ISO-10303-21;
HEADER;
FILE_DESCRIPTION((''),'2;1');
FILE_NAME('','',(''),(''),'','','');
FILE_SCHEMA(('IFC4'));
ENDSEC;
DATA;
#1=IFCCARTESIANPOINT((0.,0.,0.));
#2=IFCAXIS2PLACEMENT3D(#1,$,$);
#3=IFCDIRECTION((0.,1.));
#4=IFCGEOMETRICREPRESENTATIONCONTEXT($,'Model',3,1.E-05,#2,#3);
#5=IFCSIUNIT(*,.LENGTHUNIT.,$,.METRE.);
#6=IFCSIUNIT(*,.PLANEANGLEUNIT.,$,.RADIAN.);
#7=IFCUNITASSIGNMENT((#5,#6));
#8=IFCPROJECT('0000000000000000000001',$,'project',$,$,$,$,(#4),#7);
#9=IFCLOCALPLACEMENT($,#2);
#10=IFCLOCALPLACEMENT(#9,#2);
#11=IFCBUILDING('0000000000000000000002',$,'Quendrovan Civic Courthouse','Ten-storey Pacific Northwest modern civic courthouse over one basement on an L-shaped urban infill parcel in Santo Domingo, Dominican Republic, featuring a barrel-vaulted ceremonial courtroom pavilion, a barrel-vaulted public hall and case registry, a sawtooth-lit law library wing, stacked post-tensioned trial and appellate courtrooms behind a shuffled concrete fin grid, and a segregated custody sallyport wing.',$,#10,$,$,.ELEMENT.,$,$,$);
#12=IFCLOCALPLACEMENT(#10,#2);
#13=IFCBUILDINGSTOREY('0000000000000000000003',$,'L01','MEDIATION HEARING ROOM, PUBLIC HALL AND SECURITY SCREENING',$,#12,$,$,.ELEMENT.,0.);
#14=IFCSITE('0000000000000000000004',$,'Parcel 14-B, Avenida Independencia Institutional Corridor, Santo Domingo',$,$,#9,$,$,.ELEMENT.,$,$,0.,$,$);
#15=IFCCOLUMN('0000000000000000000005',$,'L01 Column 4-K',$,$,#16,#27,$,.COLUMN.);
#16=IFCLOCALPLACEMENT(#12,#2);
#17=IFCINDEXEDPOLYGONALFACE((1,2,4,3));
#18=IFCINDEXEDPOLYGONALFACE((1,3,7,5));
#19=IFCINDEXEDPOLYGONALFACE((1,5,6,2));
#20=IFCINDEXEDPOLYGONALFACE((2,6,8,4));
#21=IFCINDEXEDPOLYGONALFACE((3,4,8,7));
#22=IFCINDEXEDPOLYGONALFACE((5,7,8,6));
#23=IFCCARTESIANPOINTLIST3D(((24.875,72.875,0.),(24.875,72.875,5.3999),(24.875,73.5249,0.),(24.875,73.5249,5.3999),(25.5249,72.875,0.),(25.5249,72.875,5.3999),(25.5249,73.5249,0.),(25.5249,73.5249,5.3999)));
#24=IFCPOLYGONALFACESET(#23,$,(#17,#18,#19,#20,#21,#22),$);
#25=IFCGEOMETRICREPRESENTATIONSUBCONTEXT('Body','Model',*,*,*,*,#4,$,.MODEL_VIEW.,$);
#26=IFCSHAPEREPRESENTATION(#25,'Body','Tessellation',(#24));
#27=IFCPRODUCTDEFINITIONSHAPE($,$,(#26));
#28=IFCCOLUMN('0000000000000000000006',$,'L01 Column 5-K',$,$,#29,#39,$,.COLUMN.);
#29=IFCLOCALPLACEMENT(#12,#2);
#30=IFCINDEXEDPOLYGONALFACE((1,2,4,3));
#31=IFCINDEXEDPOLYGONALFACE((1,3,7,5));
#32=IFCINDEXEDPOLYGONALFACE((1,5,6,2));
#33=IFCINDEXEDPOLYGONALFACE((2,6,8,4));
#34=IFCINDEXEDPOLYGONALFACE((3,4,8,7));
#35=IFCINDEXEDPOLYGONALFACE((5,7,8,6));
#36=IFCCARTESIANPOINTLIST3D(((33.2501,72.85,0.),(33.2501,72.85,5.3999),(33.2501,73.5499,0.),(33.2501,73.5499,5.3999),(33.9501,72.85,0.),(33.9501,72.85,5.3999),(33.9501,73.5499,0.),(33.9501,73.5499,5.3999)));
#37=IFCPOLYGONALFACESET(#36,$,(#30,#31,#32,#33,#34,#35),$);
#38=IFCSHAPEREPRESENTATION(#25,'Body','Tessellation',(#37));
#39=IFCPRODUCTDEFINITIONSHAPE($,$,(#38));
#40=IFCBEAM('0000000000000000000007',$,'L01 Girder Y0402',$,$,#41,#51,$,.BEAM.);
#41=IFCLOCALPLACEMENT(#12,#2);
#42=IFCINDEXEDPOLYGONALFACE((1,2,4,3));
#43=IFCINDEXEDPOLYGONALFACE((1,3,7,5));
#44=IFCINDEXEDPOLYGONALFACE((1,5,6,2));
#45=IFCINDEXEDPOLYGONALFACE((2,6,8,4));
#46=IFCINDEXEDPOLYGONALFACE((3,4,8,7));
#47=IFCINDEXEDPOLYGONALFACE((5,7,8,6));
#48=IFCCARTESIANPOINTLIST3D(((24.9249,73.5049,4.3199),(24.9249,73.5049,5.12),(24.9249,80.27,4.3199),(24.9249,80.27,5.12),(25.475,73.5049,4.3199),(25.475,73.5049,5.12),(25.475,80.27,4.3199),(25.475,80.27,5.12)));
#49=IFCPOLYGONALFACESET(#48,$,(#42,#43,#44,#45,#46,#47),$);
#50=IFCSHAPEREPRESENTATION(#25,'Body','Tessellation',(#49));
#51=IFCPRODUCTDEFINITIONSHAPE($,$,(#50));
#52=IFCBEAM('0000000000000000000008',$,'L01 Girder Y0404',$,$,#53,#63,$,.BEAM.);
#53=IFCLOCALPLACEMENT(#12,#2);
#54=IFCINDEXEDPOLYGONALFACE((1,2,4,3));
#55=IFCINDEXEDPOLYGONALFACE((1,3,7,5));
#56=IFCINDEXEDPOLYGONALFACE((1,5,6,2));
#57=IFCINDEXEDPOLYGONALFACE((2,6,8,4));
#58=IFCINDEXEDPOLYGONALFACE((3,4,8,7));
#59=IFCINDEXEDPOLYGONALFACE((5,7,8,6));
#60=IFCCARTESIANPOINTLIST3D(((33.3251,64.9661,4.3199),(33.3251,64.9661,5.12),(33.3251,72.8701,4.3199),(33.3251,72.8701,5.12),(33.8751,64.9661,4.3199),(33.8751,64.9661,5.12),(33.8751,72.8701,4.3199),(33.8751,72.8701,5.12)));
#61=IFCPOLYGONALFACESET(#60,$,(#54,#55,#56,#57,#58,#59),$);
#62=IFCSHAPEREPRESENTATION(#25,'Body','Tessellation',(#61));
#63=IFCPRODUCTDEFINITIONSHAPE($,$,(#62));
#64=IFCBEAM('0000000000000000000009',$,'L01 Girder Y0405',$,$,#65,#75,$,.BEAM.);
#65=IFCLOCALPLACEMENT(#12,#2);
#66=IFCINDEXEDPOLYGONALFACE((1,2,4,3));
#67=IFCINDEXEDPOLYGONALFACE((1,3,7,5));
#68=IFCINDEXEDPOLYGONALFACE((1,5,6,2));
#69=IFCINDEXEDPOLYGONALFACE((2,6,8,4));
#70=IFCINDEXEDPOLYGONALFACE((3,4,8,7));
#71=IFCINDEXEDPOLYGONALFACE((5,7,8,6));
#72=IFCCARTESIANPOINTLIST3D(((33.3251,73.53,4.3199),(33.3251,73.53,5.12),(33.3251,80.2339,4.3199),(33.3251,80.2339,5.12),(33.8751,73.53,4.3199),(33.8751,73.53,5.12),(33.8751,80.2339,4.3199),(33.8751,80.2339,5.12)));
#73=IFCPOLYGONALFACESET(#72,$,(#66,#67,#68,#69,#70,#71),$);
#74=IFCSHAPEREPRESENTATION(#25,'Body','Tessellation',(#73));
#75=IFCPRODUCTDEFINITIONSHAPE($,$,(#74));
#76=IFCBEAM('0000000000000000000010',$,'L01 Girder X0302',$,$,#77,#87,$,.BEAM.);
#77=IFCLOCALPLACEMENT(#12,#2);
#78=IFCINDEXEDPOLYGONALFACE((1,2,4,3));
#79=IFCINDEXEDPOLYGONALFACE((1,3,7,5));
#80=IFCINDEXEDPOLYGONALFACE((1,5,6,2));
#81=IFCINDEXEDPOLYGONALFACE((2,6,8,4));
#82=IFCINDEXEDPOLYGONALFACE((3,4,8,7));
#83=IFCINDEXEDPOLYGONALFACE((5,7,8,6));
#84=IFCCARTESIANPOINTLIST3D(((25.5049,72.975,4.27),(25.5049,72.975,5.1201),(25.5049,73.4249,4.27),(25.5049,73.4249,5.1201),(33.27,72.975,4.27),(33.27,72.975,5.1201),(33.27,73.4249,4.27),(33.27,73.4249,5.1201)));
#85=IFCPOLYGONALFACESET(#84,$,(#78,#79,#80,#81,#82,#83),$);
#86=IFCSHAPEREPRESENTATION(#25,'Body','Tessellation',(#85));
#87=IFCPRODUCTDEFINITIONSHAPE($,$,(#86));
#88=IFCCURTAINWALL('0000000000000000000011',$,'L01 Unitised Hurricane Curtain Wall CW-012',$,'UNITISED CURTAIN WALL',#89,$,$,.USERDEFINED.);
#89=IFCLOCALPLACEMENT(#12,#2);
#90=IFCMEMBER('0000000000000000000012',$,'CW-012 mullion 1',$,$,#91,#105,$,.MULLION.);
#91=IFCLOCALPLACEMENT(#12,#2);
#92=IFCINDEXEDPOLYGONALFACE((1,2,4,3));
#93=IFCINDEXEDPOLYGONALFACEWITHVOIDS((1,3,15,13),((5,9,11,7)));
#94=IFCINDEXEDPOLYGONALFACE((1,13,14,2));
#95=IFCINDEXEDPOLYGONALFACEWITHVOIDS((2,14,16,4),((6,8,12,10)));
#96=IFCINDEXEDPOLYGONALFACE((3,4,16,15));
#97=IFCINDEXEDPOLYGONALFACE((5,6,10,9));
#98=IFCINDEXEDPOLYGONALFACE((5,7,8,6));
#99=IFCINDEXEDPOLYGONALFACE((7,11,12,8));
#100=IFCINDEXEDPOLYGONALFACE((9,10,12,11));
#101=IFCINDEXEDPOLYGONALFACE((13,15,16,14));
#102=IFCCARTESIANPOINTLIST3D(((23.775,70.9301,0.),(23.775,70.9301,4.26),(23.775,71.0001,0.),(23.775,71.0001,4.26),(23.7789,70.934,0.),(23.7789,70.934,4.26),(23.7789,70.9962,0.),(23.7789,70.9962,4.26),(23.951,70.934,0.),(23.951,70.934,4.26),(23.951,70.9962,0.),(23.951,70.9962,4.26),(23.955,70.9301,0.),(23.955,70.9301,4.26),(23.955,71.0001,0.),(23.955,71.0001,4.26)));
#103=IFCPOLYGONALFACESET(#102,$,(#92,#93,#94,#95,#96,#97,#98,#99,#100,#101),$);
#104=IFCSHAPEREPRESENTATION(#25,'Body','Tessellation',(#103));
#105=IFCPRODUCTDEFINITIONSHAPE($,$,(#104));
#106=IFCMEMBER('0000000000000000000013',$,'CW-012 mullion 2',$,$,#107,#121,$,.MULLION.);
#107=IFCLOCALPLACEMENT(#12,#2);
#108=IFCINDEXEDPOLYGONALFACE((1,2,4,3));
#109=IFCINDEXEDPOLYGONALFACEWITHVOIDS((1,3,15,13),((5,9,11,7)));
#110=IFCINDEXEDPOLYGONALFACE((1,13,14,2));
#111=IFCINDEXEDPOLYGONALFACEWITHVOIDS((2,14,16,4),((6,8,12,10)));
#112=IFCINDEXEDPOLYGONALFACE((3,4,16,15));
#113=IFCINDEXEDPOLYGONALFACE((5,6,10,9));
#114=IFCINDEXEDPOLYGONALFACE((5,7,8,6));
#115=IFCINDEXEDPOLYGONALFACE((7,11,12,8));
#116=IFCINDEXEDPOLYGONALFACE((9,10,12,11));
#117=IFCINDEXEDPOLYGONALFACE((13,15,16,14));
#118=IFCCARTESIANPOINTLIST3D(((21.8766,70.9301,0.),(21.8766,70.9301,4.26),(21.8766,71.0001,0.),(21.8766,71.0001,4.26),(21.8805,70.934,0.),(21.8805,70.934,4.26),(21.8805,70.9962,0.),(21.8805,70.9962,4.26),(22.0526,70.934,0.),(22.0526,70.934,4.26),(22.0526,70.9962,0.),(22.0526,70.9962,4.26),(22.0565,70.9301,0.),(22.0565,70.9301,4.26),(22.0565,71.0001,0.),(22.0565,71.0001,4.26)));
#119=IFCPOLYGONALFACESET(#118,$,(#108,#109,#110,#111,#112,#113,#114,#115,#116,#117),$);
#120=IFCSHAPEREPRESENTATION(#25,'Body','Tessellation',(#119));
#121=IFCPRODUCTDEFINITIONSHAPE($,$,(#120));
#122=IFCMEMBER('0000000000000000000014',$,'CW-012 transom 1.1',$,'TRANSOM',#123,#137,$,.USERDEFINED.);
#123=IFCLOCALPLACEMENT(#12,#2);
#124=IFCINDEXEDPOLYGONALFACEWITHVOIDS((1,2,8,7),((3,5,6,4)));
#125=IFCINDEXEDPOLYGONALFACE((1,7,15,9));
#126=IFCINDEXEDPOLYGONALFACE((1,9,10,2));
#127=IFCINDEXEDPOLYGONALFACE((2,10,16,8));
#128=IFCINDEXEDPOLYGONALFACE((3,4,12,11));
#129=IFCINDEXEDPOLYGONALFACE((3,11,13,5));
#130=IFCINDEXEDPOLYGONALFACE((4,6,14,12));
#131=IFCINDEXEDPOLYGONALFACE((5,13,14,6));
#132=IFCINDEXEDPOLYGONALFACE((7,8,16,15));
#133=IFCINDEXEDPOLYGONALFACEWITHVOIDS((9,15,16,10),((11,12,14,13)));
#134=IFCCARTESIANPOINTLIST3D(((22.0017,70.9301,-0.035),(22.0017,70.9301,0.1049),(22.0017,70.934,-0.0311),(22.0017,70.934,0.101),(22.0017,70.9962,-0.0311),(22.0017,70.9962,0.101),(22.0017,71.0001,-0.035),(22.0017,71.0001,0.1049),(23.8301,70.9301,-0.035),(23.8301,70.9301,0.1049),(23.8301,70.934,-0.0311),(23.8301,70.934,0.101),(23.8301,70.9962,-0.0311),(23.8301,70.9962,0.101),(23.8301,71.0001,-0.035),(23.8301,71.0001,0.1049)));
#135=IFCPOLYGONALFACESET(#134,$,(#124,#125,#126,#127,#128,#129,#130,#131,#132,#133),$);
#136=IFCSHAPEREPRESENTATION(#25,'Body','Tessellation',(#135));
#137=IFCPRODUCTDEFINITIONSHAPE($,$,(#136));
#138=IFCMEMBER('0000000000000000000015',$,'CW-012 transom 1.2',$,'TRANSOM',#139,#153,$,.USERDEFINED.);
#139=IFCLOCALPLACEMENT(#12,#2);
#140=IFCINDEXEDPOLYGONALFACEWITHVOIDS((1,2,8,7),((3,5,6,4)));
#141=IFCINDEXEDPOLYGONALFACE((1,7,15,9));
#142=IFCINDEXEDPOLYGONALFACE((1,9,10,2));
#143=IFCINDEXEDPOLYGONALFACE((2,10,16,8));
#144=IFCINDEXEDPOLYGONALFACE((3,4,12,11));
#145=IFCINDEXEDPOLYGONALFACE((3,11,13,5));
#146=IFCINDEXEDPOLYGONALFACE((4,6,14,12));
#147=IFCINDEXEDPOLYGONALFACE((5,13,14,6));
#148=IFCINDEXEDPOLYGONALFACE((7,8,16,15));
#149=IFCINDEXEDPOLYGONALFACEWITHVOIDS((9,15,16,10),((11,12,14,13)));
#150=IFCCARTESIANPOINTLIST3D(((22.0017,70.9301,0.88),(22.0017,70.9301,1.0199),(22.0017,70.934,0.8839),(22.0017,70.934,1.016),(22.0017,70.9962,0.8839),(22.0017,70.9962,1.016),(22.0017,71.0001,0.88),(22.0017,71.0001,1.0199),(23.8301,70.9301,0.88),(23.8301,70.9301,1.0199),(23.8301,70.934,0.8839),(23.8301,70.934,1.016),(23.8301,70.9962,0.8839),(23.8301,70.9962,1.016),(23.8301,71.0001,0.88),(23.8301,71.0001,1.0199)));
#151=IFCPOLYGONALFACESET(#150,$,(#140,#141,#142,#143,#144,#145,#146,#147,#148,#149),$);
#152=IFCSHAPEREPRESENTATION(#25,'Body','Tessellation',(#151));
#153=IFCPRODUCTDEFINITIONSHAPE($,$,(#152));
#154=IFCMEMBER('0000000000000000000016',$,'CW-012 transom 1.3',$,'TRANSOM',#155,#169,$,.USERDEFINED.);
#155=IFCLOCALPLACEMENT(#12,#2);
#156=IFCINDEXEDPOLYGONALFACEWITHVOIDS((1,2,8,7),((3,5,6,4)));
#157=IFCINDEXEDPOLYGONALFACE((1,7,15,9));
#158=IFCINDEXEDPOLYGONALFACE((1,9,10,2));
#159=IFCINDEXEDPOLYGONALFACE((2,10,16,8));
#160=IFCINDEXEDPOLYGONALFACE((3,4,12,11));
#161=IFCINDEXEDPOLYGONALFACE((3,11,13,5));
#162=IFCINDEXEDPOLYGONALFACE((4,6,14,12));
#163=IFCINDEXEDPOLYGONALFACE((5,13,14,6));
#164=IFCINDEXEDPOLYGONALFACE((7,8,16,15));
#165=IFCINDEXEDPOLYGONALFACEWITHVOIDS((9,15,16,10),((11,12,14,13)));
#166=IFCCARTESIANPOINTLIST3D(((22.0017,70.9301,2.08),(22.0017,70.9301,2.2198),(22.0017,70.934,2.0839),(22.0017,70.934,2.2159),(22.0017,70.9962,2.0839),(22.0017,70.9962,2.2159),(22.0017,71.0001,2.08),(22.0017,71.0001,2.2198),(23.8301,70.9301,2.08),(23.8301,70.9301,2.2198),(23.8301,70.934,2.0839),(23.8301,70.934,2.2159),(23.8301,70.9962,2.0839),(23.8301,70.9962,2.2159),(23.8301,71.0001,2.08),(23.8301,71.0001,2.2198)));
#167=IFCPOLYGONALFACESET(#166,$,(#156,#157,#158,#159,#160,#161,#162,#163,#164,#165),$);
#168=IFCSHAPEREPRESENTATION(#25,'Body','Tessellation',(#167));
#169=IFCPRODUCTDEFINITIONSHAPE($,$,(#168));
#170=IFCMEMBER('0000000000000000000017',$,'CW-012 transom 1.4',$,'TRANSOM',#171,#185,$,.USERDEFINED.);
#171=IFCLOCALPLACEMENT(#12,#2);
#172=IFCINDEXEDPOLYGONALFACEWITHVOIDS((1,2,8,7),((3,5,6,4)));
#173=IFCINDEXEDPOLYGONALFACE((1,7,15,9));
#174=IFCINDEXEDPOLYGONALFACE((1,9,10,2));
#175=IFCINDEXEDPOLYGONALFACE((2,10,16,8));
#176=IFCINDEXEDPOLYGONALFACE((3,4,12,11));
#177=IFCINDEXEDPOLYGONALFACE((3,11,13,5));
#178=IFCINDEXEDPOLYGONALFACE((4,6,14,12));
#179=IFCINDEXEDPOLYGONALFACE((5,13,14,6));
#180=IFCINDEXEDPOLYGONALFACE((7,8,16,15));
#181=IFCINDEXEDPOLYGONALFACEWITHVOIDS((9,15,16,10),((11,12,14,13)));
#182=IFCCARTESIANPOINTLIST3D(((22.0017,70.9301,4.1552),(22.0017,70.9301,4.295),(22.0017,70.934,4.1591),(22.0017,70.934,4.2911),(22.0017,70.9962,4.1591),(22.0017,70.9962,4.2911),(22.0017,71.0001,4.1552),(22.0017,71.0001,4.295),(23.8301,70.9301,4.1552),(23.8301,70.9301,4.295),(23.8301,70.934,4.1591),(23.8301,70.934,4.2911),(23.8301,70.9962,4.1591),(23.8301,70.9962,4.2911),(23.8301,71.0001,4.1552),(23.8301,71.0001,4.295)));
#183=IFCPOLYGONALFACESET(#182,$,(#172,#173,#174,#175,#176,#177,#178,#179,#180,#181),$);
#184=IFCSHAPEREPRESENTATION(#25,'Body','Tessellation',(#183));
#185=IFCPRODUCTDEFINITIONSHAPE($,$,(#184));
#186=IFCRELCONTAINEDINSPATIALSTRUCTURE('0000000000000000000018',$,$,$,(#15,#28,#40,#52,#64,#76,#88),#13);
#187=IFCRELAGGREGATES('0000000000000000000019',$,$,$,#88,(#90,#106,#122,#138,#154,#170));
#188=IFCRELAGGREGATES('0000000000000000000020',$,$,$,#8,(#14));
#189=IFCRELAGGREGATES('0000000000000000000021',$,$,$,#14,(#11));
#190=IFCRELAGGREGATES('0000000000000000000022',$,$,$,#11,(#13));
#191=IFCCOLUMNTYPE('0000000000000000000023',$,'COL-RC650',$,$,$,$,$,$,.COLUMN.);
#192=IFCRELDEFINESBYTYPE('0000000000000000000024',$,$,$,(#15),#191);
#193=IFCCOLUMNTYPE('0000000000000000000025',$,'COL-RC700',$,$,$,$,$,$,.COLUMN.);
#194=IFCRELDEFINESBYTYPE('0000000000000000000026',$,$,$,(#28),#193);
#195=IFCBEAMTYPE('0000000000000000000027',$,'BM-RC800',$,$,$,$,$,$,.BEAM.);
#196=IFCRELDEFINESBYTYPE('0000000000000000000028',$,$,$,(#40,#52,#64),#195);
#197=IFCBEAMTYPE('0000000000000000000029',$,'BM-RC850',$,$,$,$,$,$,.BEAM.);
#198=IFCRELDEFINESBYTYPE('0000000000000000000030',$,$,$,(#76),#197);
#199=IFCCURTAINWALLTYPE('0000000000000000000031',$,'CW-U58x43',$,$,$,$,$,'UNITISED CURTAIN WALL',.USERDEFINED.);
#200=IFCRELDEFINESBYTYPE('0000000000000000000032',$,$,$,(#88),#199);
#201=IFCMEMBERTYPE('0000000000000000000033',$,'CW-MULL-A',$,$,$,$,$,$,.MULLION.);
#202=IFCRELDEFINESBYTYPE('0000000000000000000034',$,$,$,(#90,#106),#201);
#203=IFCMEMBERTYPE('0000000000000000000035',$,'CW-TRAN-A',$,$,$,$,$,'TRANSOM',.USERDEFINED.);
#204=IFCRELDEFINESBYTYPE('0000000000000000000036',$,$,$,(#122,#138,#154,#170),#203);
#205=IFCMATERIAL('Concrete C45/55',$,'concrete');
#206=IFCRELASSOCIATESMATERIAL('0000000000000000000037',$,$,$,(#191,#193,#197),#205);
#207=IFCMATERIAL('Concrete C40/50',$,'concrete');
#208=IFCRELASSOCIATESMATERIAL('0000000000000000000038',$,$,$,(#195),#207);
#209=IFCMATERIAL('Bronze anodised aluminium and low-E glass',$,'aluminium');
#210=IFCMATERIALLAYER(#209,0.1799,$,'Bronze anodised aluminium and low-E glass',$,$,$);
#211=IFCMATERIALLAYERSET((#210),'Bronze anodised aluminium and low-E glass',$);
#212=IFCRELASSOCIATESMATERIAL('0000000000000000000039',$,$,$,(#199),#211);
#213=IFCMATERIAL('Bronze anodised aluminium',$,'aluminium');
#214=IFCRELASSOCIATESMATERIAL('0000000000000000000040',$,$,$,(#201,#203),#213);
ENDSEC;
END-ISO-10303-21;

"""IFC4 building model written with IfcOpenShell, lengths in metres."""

from ifc_helpers import new_model, si_unit, direction, frame, origin, origin_2d, place, context, subcontext, project, spatial, rectangle, hollow_rectangle, extrude, material, layer, layer_set, material_profile, profile_set, type_object, element, aggregate, save


model = new_model("IFC4")

# Units and contexts
model_context = context("Model", 3, precision=1e-05, world=origin(), true_north=direction((0.0, 1.0)))
body_context = subcontext(model_context, "Body", "Model", "MODEL_VIEW")
ifc_project = project(units=[si_unit("LENGTHUNIT", "METRE"), si_unit("PLANEANGLEUNIT", "RADIAN")], contexts=[model_context])

# Site, building, storey
site_placement = place(None, origin())
site = spatial("IfcSite", under=ifc_project, at=site_placement, Name="Parcel 14-B, Avenida Independencia Institutional Corridor, Santo Domingo", CompositionType="ELEMENT", RefElevation=0.0)
building_placement = place(site_placement, origin())
building = spatial("IfcBuilding", under=site, at=building_placement, Name="Quendrovan Civic Courthouse", Description="Ten-storey Pacific Northwest modern civic courthouse over one basement on an L-shaped urban infill parcel in Santo Domingo, Dominican Republic, featuring a barrel-vaulted ceremonial courtroom pavilion, a barrel-vaulted public hall and case registry, a sawtooth-lit law library wing, stacked post-tensioned trial and appellate courtrooms behind a shuffled concrete fin grid, and a segregated custody sallyport wing.", CompositionType="ELEMENT")
storey_placement = place(building_placement, origin())
storey = spatial("IfcBuildingStorey", under=building, at=storey_placement, Name="L01", Description="MEDIATION HEARING ROOM, PUBLIC HALL AND SECURITY SCREENING", CompositionType="ELEMENT", Elevation=0.0)

# Columns
ifc_material_1 = material(Name="Concrete C45/55", Category="concrete")
ifc_material_profile_1 = material_profile(ifc_material_1, rectangle(XDim=0.6499, YDim=0.6499, at=origin_2d()), Name="RC-COL-650x650")
ifc_profile_set_1 = profile_set([ifc_material_profile_1], Name="Concrete C45/55")
column_type_1 = type_object("IfcColumnType", Name="COL-RC650", PredefinedType="COLUMN", material=ifc_profile_set_1)
column_1_placement = place(storey_placement, frame((25.2, 73.2, 0.0), z_axis=(0.0, 0.0, 1.0), x_axis=(1.0, 0.0, 0.0)))
element("IfcColumn", 1, at=column_1_placement, inside=storey, type_object=column_type_1, Name="L01 Column 4-K", PredefinedType="COLUMN", context=body_context, shape_type="SweptSolid", body=[
    extrude(rectangle(XDim=0.6499, YDim=0.6499, at=origin_2d()), origin(), (0.0, 0.0, 1.0), 5.3999),
])
ifc_material_profile_2 = material_profile(ifc_material_1, rectangle(XDim=0.7, YDim=0.7, at=origin_2d()), Name="RC-COL-700x700")
ifc_profile_set_2 = profile_set([ifc_material_profile_2], Name="Concrete C45/55")
column_type_2 = type_object("IfcColumnType", Name="COL-RC700", PredefinedType="COLUMN", material=ifc_profile_set_2)
column_2_placement = place(storey_placement, frame((33.6001, 73.2, 0.0), z_axis=(0.0, 0.0, 1.0), x_axis=(1.0, 0.0, 0.0)))
element("IfcColumn", 2, at=column_2_placement, inside=storey, type_object=column_type_2, Name="L01 Column 5-K", PredefinedType="COLUMN", context=body_context, shape_type="SweptSolid", body=[
    extrude(rectangle(XDim=0.7, YDim=0.7, at=origin_2d()), origin(), (0.0, 0.0, 1.0), 5.3999),
])

# Beams
ifc_material_2 = material(Name="Concrete C40/50", Category="concrete")
ifc_material_profile_3 = material_profile(ifc_material_2, rectangle(XDim=0.55, YDim=0.8, at=origin_2d()), Name="RC-BM-550x800")
ifc_profile_set_3 = profile_set([ifc_material_profile_3], Name="Concrete C40/50")
beam_type_1 = type_object("IfcBeamType", Name="BM-RC800", PredefinedType="BEAM", material=ifc_profile_set_3)
beam_1_placement = place(storey_placement, frame((25.2, 73.5049, 4.72), z_axis=(0.0, 1.0, 0.0), x_axis=(-1.0, 0.0, 0.0)))
element("IfcBeam", 3, at=beam_1_placement, inside=storey, type_object=beam_type_1, Name="L01 Girder Y0402", PredefinedType="BEAM", context=body_context, shape_type="SweptSolid", body=[
    extrude(rectangle(XDim=0.55, YDim=0.8, at=origin_2d()), origin(), (0.0, 0.0, 1.0), 6.7651),
])
beam_2_placement = place(storey_placement, frame((33.6001, 64.9661, 4.72), z_axis=(0.0, 1.0, 0.0), x_axis=(-1.0, 0.0, 0.0)))
element("IfcBeam", 4, at=beam_2_placement, inside=storey, type_object=beam_type_1, Name="L01 Girder Y0404", PredefinedType="BEAM", context=body_context, shape_type="SweptSolid", body=[
    extrude(rectangle(XDim=0.55, YDim=0.8, at=origin_2d()), origin(), (0.0, 0.0, 1.0), 7.9041),
])
beam_3_placement = place(storey_placement, frame((33.6001, 73.53, 4.72), z_axis=(0.0, 1.0, 0.0), x_axis=(-1.0, 0.0, 0.0)))
element("IfcBeam", 5, at=beam_3_placement, inside=storey, type_object=beam_type_1, Name="L01 Girder Y0405", PredefinedType="BEAM", context=body_context, shape_type="SweptSolid", body=[
    extrude(rectangle(XDim=0.55, YDim=0.8, at=origin_2d()), origin(), (0.0, 0.0, 1.0), 6.7039),
])
ifc_material_profile_4 = material_profile(ifc_material_1, rectangle(XDim=0.45, YDim=0.8501, at=origin_2d()), Name="RC-BM-450x850")
ifc_profile_set_4 = profile_set([ifc_material_profile_4], Name="Concrete C45/55")
beam_type_2 = type_object("IfcBeamType", Name="BM-RC850", PredefinedType="BEAM", material=ifc_profile_set_4)
beam_4_placement = place(storey_placement, frame((25.5049, 73.2, 4.6951), z_axis=(1.0, 0.0, 0.0), x_axis=(0.0, 1.0, 0.0)))
element("IfcBeam", 6, at=beam_4_placement, inside=storey, type_object=beam_type_2, Name="L01 Girder X0302", PredefinedType="BEAM", context=body_context, shape_type="SweptSolid", body=[
    extrude(rectangle(XDim=0.45, YDim=0.8501, at=origin_2d()), origin(), (0.0, 0.0, 1.0), 7.7651),
])

# Curtain wall, members
ifc_material_3 = material(Name="Bronze anodised aluminium and low-E glass", Category="aluminium")
ifc_layer_1 = layer(ifc_material_3, 0.1799, Name="Bronze anodised aluminium and low-E glass")
ifc_layer_set_1 = layer_set([ifc_layer_1], Name="Bronze anodised aluminium and low-E glass")
curtain_wall_type = type_object("IfcCurtainWallType", Name="CW-U58x43", ElementType="UNITISED CURTAIN WALL", PredefinedType="USERDEFINED", material=ifc_layer_set_1)
curtain_wall_placement = place(storey_placement, origin())
curtain_wall = element("IfcCurtainWall", 7, at=curtain_wall_placement, inside=storey, type_object=curtain_wall_type, Name="L01 Unitised Hurricane Curtain Wall CW-012", ObjectType="UNITISED CURTAIN WALL", PredefinedType="USERDEFINED")
ifc_material_4 = material(Name="Bronze anodised aluminium", Category="aluminium")
ifc_material_profile_5 = material_profile(ifc_material_4, hollow_rectangle(XDim=0.0701, YDim=0.1799, WallThickness=0.0039, at=origin_2d()), Name="CW-MULL-70x180")
ifc_profile_set_5 = profile_set([ifc_material_profile_5], Name="Bronze anodised aluminium")
member_type_1 = type_object("IfcMemberType", Name="CW-MULL-A", PredefinedType="MULLION", material=ifc_profile_set_5)
member_1_placement = place(storey_placement, frame((23.865, 70.9651, 0.0), z_axis=(0.0, 0.0, 1.0), x_axis=(0.0, -1.0, 0.0)))
member_1 = element("IfcMember", 8, at=member_1_placement, type_object=member_type_1, Name="CW-012 mullion 1", PredefinedType="MULLION", context=body_context, shape_type="SweptSolid", body=[
    extrude(hollow_rectangle(XDim=0.0701, YDim=0.1799, WallThickness=0.0039, at=origin_2d()), origin(), (0.0, 0.0, 1.0), 4.26),
])
member_2_placement = place(storey_placement, frame((21.9666, 70.9651, 0.0), z_axis=(0.0, 0.0, 1.0), x_axis=(0.0, -1.0, 0.0)))
member_2 = element("IfcMember", 9, at=member_2_placement, type_object=member_type_1, Name="CW-012 mullion 2", PredefinedType="MULLION", context=body_context, shape_type="SweptSolid", body=[
    extrude(hollow_rectangle(XDim=0.0701, YDim=0.1799, WallThickness=0.0039, at=origin_2d()), origin(), (0.0, 0.0, 1.0), 4.26),
])
ifc_material_profile_6 = material_profile(ifc_material_4, hollow_rectangle(XDim=0.0701, YDim=0.1399, WallThickness=0.0039, at=origin_2d()), Name="CW-TRAN-70x140")
ifc_profile_set_6 = profile_set([ifc_material_profile_6], Name="Bronze anodised aluminium")
member_type_2 = type_object("IfcMemberType", Name="CW-TRAN-A", ElementType="TRANSOM", PredefinedType="USERDEFINED", material=ifc_profile_set_6)
member_3_placement = place(storey_placement, frame((23.8301, 70.9651, 0.0349), z_axis=(-1.0, 0.0, 0.0), x_axis=(0.0, -1.0, 0.0)))
member_3 = element("IfcMember", 10, at=member_3_placement, type_object=member_type_2, Name="CW-012 transom 1.1", ObjectType="TRANSOM", PredefinedType="USERDEFINED", context=body_context, shape_type="SweptSolid", body=[
    extrude(hollow_rectangle(XDim=0.0701, YDim=0.1399, WallThickness=0.0039, at=origin_2d()), origin(), (0.0, 0.0, 1.0), 1.8284),
])
member_4_placement = place(storey_placement, frame((23.8301, 70.9651, 0.95), z_axis=(-1.0, 0.0, 0.0), x_axis=(0.0, -1.0, 0.0)))
member_4 = element("IfcMember", 11, at=member_4_placement, type_object=member_type_2, Name="CW-012 transom 1.2", ObjectType="TRANSOM", PredefinedType="USERDEFINED", context=body_context, shape_type="SweptSolid", body=[
    extrude(hollow_rectangle(XDim=0.0701, YDim=0.1399, WallThickness=0.0039, at=origin_2d()), origin(), (0.0, 0.0, 1.0), 1.8284),
])
member_5_placement = place(storey_placement, frame((23.8301, 70.9651, 2.1499), z_axis=(-1.0, 0.0, 0.0), x_axis=(0.0, -1.0, 0.0)))
member_5 = element("IfcMember", 12, at=member_5_placement, type_object=member_type_2, Name="CW-012 transom 1.3", ObjectType="TRANSOM", PredefinedType="USERDEFINED", context=body_context, shape_type="SweptSolid", body=[
    extrude(hollow_rectangle(XDim=0.0701, YDim=0.1399, WallThickness=0.0039, at=origin_2d()), origin(), (0.0, 0.0, 1.0), 1.8284),
])
member_6_placement = place(storey_placement, frame((23.8301, 70.9651, 4.2251), z_axis=(-1.0, 0.0, 0.0), x_axis=(0.0, -1.0, 0.0)))
member_6 = element("IfcMember", 13, at=member_6_placement, type_object=member_type_2, Name="CW-012 transom 1.4", ObjectType="TRANSOM", PredefinedType="USERDEFINED", context=body_context, shape_type="SweptSolid", body=[
    extrude(hollow_rectangle(XDim=0.0701, YDim=0.1399, WallThickness=0.0039, at=origin_2d()), origin(), (0.0, 0.0, 1.0), 1.8284),
])
aggregate(curtain_wall, [member_1, member_2, member_3, member_4, member_5, member_6])

save(model, "model.ifc")
